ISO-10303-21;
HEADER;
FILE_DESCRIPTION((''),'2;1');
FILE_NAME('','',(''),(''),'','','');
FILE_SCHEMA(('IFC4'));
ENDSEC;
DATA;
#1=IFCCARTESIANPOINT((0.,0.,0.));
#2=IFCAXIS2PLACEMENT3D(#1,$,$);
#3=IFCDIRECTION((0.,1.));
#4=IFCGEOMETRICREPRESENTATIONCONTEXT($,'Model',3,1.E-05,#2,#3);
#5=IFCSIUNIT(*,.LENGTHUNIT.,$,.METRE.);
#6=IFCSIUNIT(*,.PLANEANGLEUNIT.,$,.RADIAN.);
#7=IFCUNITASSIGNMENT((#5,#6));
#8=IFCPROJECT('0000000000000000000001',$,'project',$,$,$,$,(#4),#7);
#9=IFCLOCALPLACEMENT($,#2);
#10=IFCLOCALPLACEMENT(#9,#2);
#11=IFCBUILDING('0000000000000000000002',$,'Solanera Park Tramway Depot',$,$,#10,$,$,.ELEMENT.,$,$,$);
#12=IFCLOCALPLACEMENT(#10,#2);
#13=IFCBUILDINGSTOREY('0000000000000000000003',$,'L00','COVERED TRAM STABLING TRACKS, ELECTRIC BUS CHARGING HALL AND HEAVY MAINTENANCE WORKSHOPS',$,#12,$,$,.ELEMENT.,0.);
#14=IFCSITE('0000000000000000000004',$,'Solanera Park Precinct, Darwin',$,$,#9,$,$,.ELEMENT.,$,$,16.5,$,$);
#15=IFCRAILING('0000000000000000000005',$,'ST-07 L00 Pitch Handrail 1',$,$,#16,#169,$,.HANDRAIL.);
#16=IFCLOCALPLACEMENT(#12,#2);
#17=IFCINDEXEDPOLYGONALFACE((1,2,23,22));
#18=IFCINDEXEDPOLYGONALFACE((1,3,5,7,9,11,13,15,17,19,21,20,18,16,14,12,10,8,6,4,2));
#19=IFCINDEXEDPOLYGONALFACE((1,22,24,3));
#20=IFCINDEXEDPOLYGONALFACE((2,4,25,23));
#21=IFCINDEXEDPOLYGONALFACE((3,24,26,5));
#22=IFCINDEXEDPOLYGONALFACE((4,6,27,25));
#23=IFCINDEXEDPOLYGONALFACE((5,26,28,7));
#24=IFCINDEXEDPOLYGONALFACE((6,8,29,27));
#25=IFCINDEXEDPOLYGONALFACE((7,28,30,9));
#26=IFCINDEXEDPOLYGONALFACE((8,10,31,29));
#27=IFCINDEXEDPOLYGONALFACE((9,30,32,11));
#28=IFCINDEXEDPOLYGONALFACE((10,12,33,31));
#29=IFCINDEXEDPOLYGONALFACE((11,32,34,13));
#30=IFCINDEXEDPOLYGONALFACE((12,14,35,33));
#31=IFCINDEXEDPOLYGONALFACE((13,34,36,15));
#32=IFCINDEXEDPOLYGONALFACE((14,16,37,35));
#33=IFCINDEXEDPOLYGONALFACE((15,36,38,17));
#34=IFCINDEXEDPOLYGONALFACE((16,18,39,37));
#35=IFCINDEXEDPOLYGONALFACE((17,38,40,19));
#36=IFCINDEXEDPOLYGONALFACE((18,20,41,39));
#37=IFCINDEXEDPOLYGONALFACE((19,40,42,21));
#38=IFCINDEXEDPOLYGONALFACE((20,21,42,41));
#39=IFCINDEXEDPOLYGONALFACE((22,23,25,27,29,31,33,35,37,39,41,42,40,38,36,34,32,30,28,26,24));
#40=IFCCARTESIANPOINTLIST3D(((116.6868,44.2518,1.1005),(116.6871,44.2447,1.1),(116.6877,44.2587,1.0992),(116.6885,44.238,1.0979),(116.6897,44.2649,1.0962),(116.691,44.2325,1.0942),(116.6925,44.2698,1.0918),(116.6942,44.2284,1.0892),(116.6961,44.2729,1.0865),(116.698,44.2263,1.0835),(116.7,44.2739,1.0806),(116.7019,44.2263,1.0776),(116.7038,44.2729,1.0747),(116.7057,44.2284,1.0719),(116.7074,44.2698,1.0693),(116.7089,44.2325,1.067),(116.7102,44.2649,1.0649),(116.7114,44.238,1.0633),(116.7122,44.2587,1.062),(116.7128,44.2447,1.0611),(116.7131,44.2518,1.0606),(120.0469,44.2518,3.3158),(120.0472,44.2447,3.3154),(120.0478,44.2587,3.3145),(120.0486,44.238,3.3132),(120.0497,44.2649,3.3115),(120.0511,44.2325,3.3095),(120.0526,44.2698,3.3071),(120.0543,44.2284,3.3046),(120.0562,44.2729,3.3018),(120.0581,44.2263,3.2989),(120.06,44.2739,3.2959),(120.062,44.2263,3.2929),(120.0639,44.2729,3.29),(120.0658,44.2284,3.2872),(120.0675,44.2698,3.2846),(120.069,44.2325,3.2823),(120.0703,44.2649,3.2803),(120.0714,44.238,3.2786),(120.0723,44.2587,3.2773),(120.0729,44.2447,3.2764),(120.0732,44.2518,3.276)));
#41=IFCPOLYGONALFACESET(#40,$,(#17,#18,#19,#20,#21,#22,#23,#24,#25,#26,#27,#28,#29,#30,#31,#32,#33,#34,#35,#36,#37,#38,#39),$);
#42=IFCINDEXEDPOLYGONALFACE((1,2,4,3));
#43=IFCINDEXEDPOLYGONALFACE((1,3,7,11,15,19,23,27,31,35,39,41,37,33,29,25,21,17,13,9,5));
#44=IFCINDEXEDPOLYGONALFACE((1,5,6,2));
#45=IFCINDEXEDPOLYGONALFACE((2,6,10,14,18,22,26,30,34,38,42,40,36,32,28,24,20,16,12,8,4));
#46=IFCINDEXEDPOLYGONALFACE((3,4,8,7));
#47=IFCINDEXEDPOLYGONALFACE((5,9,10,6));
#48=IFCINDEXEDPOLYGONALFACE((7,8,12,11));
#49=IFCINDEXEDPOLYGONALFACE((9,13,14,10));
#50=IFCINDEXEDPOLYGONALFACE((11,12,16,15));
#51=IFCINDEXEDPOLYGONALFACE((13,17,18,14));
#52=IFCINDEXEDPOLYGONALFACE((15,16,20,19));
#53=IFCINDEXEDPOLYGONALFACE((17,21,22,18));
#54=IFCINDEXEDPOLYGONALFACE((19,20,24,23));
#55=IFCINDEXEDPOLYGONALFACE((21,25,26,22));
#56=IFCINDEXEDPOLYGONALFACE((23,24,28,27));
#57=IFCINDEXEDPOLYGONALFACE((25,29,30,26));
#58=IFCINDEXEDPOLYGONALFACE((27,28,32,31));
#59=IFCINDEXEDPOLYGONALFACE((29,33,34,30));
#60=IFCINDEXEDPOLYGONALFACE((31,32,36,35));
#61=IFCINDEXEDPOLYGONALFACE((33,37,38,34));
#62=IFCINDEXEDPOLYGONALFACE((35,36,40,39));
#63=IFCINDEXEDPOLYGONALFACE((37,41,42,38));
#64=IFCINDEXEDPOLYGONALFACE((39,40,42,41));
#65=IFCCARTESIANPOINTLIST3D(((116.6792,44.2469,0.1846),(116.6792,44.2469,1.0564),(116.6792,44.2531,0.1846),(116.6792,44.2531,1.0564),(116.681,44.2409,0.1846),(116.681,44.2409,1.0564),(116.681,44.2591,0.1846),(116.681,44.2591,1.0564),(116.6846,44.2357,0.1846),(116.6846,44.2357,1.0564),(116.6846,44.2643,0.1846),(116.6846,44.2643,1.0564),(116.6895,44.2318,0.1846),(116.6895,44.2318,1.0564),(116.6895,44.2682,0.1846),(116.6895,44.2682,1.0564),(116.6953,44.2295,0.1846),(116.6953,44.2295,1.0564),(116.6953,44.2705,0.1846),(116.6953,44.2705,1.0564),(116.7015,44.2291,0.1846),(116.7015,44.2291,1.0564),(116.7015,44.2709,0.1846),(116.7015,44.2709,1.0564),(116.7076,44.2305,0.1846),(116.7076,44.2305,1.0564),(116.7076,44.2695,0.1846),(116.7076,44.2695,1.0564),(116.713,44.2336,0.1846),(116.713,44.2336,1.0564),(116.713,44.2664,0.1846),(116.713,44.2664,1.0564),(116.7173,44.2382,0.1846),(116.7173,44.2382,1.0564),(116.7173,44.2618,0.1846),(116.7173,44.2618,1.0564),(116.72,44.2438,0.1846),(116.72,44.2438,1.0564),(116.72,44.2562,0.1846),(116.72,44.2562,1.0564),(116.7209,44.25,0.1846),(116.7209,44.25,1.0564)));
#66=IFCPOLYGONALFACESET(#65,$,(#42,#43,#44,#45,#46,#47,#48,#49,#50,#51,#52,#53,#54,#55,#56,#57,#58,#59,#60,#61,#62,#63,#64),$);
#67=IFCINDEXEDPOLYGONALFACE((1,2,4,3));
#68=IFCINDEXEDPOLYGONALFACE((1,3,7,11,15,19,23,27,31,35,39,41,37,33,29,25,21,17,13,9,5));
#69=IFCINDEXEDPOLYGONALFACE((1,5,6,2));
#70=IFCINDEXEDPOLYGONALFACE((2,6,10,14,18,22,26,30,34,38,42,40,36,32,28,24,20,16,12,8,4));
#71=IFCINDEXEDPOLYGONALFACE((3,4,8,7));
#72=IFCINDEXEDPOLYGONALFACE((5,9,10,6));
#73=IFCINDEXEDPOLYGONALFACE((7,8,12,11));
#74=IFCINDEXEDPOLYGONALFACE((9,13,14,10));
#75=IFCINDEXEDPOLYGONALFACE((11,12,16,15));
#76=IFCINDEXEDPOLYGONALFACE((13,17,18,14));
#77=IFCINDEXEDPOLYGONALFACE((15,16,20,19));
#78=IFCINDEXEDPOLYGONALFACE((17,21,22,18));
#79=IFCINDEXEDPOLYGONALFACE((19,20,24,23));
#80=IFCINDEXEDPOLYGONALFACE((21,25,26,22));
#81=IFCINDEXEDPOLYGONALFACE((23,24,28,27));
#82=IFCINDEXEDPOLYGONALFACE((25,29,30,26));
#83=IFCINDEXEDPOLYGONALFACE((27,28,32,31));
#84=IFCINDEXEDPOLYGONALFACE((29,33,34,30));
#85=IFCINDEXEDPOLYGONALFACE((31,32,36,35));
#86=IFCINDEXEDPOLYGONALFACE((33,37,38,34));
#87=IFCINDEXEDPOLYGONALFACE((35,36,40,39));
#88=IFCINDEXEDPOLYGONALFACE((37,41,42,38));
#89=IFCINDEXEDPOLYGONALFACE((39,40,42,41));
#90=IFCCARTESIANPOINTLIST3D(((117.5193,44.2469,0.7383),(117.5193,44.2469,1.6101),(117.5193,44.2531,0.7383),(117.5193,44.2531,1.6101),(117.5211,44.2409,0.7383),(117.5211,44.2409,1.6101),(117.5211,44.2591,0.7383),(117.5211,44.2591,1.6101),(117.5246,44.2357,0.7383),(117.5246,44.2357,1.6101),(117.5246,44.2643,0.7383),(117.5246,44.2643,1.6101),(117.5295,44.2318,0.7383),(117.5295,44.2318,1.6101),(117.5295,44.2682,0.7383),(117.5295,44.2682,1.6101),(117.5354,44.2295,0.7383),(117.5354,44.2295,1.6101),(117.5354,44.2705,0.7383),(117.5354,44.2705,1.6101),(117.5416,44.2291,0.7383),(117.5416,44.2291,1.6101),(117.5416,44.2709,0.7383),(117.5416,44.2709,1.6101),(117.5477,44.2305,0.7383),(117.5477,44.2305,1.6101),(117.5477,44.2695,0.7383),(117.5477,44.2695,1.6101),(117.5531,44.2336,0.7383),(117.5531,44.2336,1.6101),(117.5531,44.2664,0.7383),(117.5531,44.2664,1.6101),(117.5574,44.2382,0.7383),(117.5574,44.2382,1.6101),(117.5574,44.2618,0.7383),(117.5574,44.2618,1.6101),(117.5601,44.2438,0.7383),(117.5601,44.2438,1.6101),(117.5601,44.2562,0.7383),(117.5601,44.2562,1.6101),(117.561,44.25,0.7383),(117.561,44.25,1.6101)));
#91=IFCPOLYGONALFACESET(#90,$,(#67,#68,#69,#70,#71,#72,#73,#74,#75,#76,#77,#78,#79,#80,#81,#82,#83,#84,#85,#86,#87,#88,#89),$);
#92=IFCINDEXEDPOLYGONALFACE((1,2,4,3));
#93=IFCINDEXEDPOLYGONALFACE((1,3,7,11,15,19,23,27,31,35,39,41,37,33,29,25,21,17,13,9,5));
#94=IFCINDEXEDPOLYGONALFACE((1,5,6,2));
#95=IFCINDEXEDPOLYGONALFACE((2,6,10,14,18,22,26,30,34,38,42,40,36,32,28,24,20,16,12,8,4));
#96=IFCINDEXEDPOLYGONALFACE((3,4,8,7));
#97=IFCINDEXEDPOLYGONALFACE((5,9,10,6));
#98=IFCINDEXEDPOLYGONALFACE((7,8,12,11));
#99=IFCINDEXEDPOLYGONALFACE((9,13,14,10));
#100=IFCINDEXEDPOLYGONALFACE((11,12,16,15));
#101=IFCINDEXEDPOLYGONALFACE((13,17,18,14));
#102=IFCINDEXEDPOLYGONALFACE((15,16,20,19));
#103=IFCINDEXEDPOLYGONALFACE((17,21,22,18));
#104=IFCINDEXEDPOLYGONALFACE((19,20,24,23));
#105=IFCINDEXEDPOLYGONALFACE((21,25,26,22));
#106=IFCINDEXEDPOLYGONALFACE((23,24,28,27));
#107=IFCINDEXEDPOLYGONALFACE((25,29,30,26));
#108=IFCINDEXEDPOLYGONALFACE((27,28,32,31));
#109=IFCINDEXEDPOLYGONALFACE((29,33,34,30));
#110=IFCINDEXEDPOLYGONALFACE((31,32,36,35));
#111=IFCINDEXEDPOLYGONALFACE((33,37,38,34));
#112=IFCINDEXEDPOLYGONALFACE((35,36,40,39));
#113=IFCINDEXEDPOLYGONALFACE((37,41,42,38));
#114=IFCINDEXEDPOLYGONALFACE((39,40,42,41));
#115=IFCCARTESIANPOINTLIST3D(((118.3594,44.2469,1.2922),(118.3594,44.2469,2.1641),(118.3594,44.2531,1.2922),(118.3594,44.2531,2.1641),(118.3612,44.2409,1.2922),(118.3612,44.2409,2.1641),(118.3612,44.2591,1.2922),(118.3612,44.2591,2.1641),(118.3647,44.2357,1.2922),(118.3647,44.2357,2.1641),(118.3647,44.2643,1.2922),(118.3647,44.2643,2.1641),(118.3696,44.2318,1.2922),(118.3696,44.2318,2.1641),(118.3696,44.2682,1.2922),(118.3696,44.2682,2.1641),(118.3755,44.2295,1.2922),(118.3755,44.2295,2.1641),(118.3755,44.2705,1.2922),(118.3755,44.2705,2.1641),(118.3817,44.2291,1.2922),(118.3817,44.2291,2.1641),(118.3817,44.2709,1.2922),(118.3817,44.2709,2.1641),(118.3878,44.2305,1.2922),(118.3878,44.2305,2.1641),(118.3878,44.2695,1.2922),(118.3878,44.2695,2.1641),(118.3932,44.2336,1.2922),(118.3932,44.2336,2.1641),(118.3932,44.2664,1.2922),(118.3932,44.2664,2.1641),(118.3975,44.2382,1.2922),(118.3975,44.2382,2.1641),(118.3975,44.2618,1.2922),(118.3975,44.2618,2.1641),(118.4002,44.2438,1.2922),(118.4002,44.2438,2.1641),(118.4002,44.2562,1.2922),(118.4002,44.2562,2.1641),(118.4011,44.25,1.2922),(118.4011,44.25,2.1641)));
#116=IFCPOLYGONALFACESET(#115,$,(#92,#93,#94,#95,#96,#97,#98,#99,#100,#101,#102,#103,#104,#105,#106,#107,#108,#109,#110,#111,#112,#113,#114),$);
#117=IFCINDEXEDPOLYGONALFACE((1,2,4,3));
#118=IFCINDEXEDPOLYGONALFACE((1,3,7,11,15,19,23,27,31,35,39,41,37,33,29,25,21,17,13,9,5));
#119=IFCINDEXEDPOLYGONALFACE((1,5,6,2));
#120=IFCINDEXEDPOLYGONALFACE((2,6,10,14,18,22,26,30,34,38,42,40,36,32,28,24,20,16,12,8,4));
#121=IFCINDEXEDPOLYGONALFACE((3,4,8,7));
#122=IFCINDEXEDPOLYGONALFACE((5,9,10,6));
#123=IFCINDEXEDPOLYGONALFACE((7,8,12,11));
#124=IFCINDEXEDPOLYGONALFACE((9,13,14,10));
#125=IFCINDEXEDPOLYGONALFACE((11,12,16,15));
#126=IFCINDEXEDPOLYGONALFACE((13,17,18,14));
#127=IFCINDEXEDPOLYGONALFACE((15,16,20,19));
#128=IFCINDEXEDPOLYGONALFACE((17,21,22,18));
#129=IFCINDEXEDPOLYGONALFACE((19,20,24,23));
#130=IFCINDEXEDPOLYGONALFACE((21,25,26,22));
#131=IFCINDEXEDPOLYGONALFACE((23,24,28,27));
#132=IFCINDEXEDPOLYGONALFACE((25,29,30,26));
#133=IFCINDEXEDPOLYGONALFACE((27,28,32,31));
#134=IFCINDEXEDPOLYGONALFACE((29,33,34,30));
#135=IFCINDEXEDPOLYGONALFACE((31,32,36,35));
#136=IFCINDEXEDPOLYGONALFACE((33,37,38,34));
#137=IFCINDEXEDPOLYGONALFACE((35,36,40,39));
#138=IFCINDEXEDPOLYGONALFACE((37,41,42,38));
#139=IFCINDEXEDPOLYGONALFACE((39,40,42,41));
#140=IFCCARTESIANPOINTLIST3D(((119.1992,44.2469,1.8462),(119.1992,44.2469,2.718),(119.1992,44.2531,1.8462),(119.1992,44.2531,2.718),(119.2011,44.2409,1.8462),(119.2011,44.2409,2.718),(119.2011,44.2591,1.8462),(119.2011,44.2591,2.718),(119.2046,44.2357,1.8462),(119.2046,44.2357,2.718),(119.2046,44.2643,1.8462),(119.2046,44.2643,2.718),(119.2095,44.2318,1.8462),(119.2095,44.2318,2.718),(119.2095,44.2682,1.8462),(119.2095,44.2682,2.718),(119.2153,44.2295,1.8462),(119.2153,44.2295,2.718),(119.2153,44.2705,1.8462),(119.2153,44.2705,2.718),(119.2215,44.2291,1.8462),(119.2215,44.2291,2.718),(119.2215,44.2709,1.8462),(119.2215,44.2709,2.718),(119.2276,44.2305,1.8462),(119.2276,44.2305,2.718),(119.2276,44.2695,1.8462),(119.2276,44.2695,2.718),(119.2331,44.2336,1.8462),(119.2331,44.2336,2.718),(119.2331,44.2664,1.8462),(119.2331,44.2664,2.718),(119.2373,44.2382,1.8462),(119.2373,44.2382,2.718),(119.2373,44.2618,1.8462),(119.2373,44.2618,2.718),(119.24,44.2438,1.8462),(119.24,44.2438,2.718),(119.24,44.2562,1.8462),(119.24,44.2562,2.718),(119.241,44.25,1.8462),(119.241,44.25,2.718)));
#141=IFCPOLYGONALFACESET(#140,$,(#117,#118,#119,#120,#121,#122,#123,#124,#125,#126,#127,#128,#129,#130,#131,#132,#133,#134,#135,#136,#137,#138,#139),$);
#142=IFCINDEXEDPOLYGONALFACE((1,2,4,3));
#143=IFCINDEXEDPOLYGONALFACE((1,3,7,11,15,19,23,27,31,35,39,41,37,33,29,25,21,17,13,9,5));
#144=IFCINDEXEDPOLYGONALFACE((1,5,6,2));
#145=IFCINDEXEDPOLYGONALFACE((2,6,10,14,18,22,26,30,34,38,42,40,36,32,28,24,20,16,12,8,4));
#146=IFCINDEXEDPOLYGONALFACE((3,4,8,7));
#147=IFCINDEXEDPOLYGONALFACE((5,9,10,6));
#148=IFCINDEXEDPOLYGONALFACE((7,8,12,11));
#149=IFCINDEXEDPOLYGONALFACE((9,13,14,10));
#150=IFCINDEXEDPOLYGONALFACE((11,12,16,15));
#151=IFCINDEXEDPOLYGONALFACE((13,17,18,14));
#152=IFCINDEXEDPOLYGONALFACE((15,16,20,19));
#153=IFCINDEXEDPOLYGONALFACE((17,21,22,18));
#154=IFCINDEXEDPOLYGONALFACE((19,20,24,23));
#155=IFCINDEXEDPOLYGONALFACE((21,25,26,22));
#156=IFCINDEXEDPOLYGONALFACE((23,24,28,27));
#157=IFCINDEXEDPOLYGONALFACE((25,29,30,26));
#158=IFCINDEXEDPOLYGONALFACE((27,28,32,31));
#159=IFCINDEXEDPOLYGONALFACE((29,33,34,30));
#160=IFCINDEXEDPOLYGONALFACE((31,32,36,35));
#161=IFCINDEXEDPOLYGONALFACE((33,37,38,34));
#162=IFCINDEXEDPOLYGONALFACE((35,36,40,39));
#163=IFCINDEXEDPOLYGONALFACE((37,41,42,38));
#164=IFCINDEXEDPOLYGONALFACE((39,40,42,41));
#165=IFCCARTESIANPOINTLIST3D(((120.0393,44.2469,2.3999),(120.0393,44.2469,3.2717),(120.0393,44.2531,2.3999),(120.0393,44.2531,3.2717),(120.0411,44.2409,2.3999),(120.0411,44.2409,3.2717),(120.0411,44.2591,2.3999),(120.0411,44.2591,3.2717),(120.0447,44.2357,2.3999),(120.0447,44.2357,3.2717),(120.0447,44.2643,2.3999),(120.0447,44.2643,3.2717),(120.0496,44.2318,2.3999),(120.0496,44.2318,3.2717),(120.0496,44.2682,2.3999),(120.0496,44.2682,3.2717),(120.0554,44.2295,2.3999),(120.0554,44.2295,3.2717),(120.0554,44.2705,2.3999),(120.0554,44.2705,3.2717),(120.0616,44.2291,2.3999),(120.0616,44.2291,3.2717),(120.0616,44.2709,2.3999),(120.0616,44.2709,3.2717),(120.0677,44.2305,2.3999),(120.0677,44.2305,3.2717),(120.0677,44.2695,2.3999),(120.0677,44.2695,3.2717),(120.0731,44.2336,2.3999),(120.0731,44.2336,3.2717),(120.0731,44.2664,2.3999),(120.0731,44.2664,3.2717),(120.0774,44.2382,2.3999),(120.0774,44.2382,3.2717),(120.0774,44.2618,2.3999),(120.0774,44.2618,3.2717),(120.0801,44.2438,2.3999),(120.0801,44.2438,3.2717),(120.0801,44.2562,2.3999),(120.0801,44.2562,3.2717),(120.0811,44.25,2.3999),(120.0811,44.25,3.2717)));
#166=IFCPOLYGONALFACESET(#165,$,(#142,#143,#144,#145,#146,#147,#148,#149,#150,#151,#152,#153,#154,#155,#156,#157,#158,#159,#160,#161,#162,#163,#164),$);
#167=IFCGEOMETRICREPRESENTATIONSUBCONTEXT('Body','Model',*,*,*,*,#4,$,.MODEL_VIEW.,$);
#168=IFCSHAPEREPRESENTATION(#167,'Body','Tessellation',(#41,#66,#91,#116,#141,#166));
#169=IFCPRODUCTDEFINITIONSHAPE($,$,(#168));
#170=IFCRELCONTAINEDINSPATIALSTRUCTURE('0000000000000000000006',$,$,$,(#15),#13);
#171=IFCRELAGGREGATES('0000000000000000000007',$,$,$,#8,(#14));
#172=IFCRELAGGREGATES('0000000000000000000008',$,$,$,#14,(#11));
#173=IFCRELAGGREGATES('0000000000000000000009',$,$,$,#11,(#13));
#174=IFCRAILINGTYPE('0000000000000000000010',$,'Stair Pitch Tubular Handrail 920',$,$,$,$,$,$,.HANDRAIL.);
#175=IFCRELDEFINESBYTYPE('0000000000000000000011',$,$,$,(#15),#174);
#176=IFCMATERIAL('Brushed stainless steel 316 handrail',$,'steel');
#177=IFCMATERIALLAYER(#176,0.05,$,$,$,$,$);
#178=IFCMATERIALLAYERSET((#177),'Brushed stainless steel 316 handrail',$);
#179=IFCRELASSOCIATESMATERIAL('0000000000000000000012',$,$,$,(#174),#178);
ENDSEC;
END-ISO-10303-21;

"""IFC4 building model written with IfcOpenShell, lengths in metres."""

from ifc_helpers import new_model, si_unit, direction, frame, origin, origin_2d, place, context, subcontext, project, spatial, circle, extrude, material, layer, layer_set, type_object, element, save


model = new_model("IFC4")

# Units and contexts
model_context = context("Model", 3, precision=1e-05, world=origin(), true_north=direction((0.0, 1.0)))
body_context = subcontext(model_context, "Body", "Model", "MODEL_VIEW")
ifc_project = project(units=[si_unit("LENGTHUNIT", "METRE"), si_unit("PLANEANGLEUNIT", "RADIAN")], contexts=[model_context])

# Site, building, storey
site_placement = place(None, origin())
site = spatial("IfcSite", under=ifc_project, at=site_placement, Name="Solanera Park Precinct, Darwin", CompositionType="ELEMENT", RefElevation=16.5)
building_placement = place(site_placement, origin())
building = spatial("IfcBuilding", under=site, at=building_placement, Name="Solanera Park Tramway Depot", CompositionType="ELEMENT")
storey_placement = place(building_placement, origin())
storey = spatial("IfcBuildingStorey", under=building, at=storey_placement, Name="L00", Description="COVERED TRAM STABLING TRACKS, ELECTRIC BUS CHARGING HALL AND HEAVY MAINTENANCE WORKSHOPS", CompositionType="ELEMENT", Elevation=0.0)

# Railing
ifc_material_1 = material(Name="Brushed stainless steel 316 handrail", Category="steel")
ifc_layer_1 = layer(ifc_material_1, 0.05)
ifc_layer_set_1 = layer_set([ifc_layer_1], Name="Brushed stainless steel 316 handrail")
railing_type_1 = type_object("IfcRailingType", Name="Stair Pitch Tubular Handrail 920", PredefinedType="HANDRAIL", material=ifc_layer_set_1)
railing_1_placement = place(storey_placement, frame((116.7, 44.25, 0.1846)))
element("IfcRailing", 1, at=railing_1_placement, inside=storey, type_object=railing_type_1, Name="ST-07 L00 Pitch Handrail 1", PredefinedType="HANDRAIL", context=body_context, shape_type="SweptSolid", body=[
    extrude(circle(Radius=0.0239, at=origin_2d()), frame((0.0, 0.0, 0.896), z_axis=(0.834876, 0.0, 0.550437), x_axis=(0.0, 1.0, 0.0)), (0.0, 0.0, 1.0), 4.0247),
    extrude(circle(Radius=0.021, at=origin_2d()), origin(), (0.0, 0.0, 1.0), 0.8718),
    extrude(circle(Radius=0.021, at=origin_2d()), frame((0.8401, 0.0, 0.5537)), (0.0, 0.0, 1.0), 0.8718),
    extrude(circle(Radius=0.021, at=origin_2d()), frame((1.6802, 0.0, 1.1077)), (0.0, 0.0, 1.0), 0.8718),
    extrude(circle(Radius=0.021, at=origin_2d()), frame((2.52, 0.0, 1.6616)), (0.0, 0.0, 1.0), 0.8718),
    extrude(circle(Radius=0.021, at=origin_2d()), frame((3.3601, 0.0, 2.2153)), (0.0, 0.0, 1.0), 0.8718),
])

save(model, "model.ifc")
